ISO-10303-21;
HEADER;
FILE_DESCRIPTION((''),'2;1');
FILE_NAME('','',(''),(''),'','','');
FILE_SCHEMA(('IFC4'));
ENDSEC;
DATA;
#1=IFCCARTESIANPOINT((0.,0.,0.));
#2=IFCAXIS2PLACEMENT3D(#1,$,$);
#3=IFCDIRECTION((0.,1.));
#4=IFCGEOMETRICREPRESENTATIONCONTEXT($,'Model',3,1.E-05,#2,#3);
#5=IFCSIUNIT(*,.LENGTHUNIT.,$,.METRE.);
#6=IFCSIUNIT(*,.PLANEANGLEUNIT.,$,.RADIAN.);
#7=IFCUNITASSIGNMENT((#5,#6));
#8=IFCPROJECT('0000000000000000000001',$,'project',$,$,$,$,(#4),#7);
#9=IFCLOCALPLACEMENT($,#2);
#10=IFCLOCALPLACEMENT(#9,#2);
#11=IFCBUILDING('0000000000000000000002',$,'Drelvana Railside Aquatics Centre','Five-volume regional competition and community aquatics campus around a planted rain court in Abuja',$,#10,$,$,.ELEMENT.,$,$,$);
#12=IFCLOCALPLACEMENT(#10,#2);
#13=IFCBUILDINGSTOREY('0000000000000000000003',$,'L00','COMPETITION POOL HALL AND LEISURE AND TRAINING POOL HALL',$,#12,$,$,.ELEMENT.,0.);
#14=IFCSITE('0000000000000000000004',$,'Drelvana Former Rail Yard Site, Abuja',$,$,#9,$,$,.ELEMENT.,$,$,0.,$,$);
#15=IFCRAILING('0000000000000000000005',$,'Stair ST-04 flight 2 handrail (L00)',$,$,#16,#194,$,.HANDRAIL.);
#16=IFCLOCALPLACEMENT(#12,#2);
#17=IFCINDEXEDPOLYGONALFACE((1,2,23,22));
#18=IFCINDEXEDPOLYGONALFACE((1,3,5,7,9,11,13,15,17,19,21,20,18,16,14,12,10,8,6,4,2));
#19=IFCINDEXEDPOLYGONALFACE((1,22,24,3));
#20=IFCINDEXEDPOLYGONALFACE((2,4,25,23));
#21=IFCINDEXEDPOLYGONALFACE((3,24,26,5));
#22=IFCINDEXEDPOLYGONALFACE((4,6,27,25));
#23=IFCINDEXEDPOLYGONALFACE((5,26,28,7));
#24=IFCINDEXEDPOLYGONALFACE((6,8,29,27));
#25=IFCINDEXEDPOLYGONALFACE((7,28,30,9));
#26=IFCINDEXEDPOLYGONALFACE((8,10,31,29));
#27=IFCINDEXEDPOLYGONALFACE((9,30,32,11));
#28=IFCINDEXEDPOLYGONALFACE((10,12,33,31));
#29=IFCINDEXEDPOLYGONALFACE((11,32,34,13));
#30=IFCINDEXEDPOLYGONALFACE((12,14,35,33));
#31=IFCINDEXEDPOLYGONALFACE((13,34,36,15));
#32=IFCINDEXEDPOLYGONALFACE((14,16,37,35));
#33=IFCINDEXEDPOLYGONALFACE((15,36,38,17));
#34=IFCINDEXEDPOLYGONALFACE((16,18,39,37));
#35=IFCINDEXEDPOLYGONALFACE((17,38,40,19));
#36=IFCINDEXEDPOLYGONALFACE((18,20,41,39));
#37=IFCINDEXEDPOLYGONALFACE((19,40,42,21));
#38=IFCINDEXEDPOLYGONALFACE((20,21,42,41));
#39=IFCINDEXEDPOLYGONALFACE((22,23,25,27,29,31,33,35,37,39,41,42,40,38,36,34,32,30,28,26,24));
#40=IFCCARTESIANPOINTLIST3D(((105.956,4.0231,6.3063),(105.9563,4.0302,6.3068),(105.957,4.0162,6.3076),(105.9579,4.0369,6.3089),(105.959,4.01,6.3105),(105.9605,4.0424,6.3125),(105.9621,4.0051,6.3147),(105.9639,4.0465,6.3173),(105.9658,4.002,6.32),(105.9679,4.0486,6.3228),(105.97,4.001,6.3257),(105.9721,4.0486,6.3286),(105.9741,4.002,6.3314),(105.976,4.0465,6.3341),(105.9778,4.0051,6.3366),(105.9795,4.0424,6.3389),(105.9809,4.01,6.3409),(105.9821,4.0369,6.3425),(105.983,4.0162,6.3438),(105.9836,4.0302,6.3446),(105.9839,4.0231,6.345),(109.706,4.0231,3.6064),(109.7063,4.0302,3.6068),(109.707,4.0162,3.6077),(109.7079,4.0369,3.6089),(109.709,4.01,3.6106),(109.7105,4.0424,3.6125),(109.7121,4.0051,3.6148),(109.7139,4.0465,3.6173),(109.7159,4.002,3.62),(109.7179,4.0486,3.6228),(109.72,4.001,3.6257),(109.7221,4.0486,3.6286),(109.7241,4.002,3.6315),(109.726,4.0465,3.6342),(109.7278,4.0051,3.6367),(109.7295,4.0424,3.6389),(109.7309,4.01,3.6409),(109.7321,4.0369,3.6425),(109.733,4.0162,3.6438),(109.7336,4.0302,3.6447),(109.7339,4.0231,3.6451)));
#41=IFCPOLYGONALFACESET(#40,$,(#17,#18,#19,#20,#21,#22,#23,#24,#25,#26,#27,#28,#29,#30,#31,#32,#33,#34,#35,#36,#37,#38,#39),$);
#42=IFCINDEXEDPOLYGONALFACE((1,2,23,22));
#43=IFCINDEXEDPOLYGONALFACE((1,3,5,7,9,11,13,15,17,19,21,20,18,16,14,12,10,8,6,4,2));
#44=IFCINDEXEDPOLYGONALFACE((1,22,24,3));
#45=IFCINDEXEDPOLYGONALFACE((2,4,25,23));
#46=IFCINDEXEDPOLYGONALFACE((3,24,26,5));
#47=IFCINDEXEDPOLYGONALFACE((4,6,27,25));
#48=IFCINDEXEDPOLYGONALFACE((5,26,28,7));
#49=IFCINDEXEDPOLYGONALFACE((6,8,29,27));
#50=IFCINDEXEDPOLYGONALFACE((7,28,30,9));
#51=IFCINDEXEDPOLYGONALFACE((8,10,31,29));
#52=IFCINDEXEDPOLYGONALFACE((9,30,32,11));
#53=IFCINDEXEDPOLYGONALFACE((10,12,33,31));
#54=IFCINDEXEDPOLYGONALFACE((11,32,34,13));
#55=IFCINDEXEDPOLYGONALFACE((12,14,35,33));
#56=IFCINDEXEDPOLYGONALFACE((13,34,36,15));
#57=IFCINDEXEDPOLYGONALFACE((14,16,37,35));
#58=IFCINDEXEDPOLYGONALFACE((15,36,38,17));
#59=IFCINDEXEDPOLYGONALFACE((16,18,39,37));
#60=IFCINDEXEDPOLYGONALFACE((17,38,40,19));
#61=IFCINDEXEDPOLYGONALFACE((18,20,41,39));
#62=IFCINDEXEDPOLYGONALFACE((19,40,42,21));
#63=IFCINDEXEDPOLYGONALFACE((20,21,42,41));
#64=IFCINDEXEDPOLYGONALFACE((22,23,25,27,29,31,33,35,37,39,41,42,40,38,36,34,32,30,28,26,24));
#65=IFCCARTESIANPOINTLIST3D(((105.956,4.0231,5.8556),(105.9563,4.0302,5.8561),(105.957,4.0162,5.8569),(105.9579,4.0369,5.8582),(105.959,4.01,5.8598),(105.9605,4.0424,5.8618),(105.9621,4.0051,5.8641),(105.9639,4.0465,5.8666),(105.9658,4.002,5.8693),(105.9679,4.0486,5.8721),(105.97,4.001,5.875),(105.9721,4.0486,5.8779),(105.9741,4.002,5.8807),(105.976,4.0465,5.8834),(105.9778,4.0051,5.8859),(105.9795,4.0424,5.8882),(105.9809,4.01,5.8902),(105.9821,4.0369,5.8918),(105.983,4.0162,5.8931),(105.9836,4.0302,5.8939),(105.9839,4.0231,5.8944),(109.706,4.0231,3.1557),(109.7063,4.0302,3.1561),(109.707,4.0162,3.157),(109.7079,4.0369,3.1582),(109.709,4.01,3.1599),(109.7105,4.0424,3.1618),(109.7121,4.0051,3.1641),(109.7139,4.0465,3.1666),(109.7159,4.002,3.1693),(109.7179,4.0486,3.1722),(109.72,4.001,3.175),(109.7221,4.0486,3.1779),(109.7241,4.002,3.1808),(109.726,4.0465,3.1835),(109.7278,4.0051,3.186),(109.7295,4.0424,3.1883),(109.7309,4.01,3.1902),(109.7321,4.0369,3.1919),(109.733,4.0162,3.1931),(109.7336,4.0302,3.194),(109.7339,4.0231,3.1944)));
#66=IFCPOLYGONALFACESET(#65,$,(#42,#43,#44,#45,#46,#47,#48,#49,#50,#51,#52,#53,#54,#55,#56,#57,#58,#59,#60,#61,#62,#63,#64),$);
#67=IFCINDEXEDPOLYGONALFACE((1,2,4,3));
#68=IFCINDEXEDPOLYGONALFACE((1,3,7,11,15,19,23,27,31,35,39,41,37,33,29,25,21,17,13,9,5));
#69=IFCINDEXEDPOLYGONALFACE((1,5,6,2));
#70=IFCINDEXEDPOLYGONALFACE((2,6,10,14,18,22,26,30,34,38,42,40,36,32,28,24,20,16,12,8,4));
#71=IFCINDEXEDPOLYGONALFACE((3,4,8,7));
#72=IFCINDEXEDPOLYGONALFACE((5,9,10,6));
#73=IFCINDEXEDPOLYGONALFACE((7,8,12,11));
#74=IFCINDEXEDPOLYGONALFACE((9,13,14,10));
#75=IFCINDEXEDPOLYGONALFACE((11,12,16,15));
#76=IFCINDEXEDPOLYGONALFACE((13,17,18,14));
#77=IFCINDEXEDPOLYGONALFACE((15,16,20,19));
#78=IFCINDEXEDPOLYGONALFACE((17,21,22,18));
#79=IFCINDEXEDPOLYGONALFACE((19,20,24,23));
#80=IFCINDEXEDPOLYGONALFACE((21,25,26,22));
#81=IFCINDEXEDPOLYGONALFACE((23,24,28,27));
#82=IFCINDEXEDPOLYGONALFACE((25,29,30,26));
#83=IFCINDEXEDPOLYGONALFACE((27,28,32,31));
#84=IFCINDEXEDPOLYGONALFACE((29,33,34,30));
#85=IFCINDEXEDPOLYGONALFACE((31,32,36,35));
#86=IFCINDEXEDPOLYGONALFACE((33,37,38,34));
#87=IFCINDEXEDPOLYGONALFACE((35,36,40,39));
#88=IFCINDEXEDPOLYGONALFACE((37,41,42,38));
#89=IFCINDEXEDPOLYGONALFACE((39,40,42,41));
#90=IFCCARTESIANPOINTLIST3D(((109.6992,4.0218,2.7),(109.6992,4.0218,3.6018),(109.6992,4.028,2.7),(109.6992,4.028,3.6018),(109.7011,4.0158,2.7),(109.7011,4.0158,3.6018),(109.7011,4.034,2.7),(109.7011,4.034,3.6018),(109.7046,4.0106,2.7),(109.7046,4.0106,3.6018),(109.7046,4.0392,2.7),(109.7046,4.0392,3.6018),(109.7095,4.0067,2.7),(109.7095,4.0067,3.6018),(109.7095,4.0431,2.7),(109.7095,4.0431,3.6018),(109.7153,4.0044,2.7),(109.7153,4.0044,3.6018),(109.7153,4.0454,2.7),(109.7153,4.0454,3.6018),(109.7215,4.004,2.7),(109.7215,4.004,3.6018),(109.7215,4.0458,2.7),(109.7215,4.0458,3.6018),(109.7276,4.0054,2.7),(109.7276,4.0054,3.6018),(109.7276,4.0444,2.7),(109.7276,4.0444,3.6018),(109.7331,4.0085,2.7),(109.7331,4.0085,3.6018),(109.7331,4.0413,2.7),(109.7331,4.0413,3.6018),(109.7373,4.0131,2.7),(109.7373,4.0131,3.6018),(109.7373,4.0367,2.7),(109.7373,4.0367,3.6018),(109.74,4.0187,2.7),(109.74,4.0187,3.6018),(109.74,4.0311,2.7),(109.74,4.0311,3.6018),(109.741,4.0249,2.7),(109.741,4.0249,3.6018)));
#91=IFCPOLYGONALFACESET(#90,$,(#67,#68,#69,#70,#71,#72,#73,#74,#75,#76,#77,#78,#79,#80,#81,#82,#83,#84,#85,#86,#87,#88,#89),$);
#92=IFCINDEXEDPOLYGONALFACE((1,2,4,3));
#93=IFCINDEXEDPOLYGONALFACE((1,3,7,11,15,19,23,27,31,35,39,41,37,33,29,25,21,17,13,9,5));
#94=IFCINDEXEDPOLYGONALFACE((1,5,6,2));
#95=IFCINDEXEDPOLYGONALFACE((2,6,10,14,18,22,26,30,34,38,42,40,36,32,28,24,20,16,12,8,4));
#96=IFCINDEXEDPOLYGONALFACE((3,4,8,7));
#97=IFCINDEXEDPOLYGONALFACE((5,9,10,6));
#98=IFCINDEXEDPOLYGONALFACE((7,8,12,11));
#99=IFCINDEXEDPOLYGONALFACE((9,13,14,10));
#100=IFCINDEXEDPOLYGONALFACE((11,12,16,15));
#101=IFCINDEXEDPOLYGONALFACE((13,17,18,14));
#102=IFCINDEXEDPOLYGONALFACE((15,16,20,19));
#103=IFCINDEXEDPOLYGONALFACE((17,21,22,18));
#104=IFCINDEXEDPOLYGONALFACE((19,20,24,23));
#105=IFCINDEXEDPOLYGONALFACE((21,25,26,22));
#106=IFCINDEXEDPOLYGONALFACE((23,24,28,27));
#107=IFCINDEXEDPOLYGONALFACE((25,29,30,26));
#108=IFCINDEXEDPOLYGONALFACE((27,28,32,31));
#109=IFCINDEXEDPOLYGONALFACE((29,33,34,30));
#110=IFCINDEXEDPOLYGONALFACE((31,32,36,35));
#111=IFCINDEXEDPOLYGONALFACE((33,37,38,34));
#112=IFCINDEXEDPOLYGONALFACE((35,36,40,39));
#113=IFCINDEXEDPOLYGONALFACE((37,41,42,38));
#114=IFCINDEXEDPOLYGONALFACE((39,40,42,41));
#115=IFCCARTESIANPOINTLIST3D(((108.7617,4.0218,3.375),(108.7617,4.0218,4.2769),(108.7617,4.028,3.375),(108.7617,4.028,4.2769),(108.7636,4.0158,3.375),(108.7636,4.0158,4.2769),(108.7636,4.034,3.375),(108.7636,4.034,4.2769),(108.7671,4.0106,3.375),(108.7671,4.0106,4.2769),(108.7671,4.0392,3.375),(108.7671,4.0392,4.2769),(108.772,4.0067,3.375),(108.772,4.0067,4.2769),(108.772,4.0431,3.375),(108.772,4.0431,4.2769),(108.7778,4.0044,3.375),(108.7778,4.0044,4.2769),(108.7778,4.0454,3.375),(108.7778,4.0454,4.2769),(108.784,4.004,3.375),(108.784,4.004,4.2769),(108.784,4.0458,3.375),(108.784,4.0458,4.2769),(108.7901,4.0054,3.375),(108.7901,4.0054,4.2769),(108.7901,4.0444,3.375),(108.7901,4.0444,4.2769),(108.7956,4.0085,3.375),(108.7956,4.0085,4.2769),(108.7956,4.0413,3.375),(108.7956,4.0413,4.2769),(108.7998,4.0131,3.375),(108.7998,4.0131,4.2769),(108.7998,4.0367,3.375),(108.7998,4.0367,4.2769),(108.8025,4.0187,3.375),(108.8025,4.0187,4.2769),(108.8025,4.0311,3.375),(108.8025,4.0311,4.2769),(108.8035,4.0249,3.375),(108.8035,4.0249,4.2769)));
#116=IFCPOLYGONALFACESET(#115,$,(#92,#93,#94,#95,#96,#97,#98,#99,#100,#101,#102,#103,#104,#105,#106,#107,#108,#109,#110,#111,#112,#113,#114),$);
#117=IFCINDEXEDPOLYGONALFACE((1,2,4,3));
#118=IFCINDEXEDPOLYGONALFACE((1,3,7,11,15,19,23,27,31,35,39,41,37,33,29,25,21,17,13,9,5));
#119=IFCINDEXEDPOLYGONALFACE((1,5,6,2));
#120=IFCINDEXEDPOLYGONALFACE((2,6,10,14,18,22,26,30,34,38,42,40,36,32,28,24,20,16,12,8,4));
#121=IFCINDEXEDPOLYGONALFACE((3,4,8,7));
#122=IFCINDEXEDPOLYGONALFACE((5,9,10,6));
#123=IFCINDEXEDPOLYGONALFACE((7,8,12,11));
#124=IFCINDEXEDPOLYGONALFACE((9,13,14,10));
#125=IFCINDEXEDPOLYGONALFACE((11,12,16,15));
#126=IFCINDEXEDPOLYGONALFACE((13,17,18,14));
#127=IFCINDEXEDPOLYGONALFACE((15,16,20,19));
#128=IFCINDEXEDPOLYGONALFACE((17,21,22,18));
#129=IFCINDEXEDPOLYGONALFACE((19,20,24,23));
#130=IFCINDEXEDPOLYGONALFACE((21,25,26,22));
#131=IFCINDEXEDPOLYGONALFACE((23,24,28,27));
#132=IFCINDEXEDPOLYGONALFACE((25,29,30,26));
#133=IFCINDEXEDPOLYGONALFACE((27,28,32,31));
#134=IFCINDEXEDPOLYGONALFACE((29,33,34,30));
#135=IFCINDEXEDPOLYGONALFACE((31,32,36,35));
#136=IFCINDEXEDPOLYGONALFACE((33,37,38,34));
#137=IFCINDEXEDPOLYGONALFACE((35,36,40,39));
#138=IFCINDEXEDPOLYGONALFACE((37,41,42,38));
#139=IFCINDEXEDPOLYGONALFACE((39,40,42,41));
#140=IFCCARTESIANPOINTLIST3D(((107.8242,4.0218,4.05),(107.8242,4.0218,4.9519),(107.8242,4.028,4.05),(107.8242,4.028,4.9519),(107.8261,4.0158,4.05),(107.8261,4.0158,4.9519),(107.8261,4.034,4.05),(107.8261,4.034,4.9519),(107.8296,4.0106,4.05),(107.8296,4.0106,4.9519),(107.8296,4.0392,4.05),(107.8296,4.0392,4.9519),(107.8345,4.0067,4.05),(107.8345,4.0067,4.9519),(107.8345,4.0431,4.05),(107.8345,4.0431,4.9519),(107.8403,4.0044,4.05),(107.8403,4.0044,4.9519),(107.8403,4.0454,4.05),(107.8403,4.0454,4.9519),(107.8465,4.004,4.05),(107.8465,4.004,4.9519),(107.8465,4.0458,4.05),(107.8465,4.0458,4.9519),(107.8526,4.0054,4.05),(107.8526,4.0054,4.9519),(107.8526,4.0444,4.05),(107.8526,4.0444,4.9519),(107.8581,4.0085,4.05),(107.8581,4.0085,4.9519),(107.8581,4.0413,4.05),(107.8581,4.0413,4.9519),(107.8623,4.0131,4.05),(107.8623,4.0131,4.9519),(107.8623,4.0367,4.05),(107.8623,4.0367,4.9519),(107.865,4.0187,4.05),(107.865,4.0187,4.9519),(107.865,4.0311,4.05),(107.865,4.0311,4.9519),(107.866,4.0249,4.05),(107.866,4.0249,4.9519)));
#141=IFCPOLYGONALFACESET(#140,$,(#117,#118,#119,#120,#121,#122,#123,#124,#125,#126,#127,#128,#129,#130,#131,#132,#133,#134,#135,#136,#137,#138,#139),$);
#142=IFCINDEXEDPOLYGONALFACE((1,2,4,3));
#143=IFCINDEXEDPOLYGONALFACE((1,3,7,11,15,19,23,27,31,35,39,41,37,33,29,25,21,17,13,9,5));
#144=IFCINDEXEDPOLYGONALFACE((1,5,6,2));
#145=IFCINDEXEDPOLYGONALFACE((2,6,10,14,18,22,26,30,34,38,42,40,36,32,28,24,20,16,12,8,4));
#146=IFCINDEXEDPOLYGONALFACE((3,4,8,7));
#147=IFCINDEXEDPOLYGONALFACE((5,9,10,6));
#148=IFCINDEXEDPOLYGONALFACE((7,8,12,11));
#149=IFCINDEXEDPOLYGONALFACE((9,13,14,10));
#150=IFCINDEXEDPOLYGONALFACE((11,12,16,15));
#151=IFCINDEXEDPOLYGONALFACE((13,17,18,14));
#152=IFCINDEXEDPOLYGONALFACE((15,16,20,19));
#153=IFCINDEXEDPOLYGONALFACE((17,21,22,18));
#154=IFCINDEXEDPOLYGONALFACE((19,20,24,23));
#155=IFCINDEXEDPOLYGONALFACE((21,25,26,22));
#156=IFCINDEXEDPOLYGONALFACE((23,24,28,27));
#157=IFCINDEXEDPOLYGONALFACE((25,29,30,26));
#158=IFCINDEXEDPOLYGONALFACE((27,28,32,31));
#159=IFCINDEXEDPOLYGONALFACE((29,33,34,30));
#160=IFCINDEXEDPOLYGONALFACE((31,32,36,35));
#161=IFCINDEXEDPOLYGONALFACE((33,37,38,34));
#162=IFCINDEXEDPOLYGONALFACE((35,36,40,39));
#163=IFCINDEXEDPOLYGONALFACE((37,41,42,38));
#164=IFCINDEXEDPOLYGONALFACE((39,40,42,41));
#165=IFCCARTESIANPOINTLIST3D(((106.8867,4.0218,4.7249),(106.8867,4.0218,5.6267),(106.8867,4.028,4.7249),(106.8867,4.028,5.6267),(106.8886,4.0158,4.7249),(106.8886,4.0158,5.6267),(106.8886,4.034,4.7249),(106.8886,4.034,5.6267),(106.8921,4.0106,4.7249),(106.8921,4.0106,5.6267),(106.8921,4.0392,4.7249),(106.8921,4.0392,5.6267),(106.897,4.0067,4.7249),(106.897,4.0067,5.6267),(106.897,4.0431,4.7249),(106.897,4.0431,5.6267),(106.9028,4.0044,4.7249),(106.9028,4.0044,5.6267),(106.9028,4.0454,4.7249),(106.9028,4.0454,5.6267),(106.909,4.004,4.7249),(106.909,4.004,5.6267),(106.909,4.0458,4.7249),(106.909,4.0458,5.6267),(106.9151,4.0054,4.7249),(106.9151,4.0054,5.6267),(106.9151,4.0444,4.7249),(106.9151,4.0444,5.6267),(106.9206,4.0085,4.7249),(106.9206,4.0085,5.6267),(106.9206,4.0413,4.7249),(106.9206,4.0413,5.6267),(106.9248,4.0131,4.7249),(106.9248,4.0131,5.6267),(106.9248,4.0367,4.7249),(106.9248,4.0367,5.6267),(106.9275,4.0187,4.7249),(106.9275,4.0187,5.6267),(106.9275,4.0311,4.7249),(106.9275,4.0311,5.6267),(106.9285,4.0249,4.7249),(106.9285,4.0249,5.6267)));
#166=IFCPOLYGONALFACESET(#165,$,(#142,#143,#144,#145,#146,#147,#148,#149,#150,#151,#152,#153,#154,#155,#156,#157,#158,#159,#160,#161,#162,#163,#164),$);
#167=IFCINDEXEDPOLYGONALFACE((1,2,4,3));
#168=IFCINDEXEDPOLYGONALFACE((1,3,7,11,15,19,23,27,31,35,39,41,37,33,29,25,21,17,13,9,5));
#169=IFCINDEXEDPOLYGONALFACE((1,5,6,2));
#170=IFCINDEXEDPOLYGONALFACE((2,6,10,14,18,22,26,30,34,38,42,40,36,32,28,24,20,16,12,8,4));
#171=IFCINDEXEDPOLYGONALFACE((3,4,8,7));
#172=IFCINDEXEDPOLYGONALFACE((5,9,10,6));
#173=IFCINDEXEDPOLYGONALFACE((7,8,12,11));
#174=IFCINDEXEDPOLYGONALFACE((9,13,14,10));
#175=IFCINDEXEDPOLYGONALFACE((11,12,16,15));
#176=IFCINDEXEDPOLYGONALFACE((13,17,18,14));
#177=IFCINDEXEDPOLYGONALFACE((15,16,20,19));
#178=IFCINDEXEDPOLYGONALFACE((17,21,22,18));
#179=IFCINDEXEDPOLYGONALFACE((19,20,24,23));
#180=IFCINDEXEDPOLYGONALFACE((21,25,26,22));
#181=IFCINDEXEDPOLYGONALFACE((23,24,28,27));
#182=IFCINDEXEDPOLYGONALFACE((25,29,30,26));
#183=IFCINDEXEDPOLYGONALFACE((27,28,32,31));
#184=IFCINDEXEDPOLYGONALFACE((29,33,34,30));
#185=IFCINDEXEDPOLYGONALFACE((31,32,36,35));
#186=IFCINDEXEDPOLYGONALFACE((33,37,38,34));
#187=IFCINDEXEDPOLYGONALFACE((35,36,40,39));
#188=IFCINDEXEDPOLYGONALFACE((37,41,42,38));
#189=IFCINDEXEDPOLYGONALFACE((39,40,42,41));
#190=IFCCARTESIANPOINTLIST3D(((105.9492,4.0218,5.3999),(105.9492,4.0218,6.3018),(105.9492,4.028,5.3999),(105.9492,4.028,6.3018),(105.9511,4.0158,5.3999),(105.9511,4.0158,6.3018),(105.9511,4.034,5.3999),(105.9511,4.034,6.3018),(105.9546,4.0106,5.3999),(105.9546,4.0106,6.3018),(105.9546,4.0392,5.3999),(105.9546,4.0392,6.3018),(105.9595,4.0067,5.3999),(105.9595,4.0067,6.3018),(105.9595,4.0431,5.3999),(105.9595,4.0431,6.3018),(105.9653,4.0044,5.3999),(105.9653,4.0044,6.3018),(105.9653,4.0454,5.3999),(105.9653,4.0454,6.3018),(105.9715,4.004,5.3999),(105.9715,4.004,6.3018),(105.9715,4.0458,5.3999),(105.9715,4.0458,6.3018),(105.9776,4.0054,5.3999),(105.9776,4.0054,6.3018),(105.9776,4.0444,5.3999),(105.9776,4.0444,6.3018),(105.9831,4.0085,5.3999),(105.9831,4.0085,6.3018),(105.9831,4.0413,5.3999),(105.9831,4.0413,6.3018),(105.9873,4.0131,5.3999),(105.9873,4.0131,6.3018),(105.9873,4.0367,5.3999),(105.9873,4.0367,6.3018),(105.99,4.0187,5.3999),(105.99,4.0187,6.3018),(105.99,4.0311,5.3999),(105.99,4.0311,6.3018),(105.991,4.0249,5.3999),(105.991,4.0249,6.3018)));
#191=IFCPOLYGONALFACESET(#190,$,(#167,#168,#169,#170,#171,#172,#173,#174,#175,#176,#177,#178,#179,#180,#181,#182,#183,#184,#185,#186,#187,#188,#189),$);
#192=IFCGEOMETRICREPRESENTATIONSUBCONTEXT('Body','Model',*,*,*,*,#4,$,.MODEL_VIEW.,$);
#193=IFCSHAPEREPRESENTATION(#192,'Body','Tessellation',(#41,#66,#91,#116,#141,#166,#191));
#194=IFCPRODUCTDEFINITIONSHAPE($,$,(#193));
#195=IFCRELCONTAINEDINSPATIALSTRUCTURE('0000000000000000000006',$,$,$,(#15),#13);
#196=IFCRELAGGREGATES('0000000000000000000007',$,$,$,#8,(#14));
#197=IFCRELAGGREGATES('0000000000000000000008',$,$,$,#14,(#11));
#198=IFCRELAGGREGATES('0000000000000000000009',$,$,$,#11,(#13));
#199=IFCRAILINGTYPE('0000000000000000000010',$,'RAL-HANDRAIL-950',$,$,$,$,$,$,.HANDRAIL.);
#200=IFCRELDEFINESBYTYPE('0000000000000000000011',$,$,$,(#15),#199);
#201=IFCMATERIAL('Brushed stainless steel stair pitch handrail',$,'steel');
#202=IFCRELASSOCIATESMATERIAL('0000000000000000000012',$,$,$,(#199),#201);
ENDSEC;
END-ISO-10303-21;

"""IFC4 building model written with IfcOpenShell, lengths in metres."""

from ifc_helpers import new_model, si_unit, direction, frame, origin, origin_2d, place, context, subcontext, project, spatial, circle, extrude, material, type_object, element, save


model = new_model("IFC4")

# Units and contexts
model_context = context("Model", 3, precision=1e-05, world=origin(), true_north=direction((0.0, 1.0)))
body_context = subcontext(model_context, "Body", "Model", "MODEL_VIEW")
ifc_project = project(units=[si_unit("LENGTHUNIT", "METRE"), si_unit("PLANEANGLEUNIT", "RADIAN")], contexts=[model_context])

# Site, building, storey
site_placement = place(None, origin())
site = spatial("IfcSite", under=ifc_project, at=site_placement, Name="Drelvana Former Rail Yard Site, Abuja", CompositionType="ELEMENT", RefElevation=0.0)
building_placement = place(site_placement, origin())
building = spatial("IfcBuilding", under=site, at=building_placement, Name="Drelvana Railside Aquatics Centre", Description="Five-volume regional competition and community aquatics campus around a planted rain court in Abuja", CompositionType="ELEMENT")
storey_placement = place(building_placement, origin())
storey = spatial("IfcBuildingStorey", under=building, at=storey_placement, Name="L00", Description="COMPETITION POOL HALL AND LEISURE AND TRAINING POOL HALL", CompositionType="ELEMENT", Elevation=0.0)

# Railing
ifc_material_1 = material(Name="Brushed stainless steel stair pitch handrail", Category="steel")
railing_type = type_object("IfcRailingType", Name="RAL-HANDRAIL-950", PredefinedType="HANDRAIL", material=ifc_material_1)
railing_1_placement = place(storey_placement, frame((109.72, 4.0249, 2.7)))
element("IfcRailing", 1, at=railing_1_placement, inside=storey, type_object=railing_type, Name="Stair ST-04 flight 2 handrail (L00)", PredefinedType="HANDRAIL", context=body_context, shape_type="SweptSolid", body=[
    extrude(circle(Radius=0.0239, at=origin_2d()), frame((0.0, 0.0, 0.9258), z_axis=(-0.811539, 0.0, 0.584298), x_axis=(0.0, -1.0, 0.0)), (0.0, 0.0, 1.0), 4.6208),
    extrude(circle(Radius=0.0239, at=origin_2d()), frame((0.0, 0.0, 0.4751), z_axis=(-0.811539, 0.0, 0.584298), x_axis=(0.0, -1.0, 0.0)), (0.0, 0.0, 1.0), 4.6208),
    extrude(circle(Radius=0.021, at=origin_2d()), origin(), (0.0, 0.0, 1.0), 0.9019),
    extrude(circle(Radius=0.021, at=origin_2d()), frame((-0.9375, 0.0, 0.675)), (0.0, 0.0, 1.0), 0.9019),
    extrude(circle(Radius=0.021, at=origin_2d()), frame((-1.875, 0.0, 1.3501)), (0.0, 0.0, 1.0), 0.9019),
    extrude(circle(Radius=0.021, at=origin_2d()), frame((-2.8125, 0.0, 2.0249)), (0.0, 0.0, 1.0), 0.9019),
    extrude(circle(Radius=0.021, at=origin_2d()), frame((-3.75, 0.0, 2.7)), (0.0, 0.0, 1.0), 0.9019),
])

save(model, "model.ifc")
